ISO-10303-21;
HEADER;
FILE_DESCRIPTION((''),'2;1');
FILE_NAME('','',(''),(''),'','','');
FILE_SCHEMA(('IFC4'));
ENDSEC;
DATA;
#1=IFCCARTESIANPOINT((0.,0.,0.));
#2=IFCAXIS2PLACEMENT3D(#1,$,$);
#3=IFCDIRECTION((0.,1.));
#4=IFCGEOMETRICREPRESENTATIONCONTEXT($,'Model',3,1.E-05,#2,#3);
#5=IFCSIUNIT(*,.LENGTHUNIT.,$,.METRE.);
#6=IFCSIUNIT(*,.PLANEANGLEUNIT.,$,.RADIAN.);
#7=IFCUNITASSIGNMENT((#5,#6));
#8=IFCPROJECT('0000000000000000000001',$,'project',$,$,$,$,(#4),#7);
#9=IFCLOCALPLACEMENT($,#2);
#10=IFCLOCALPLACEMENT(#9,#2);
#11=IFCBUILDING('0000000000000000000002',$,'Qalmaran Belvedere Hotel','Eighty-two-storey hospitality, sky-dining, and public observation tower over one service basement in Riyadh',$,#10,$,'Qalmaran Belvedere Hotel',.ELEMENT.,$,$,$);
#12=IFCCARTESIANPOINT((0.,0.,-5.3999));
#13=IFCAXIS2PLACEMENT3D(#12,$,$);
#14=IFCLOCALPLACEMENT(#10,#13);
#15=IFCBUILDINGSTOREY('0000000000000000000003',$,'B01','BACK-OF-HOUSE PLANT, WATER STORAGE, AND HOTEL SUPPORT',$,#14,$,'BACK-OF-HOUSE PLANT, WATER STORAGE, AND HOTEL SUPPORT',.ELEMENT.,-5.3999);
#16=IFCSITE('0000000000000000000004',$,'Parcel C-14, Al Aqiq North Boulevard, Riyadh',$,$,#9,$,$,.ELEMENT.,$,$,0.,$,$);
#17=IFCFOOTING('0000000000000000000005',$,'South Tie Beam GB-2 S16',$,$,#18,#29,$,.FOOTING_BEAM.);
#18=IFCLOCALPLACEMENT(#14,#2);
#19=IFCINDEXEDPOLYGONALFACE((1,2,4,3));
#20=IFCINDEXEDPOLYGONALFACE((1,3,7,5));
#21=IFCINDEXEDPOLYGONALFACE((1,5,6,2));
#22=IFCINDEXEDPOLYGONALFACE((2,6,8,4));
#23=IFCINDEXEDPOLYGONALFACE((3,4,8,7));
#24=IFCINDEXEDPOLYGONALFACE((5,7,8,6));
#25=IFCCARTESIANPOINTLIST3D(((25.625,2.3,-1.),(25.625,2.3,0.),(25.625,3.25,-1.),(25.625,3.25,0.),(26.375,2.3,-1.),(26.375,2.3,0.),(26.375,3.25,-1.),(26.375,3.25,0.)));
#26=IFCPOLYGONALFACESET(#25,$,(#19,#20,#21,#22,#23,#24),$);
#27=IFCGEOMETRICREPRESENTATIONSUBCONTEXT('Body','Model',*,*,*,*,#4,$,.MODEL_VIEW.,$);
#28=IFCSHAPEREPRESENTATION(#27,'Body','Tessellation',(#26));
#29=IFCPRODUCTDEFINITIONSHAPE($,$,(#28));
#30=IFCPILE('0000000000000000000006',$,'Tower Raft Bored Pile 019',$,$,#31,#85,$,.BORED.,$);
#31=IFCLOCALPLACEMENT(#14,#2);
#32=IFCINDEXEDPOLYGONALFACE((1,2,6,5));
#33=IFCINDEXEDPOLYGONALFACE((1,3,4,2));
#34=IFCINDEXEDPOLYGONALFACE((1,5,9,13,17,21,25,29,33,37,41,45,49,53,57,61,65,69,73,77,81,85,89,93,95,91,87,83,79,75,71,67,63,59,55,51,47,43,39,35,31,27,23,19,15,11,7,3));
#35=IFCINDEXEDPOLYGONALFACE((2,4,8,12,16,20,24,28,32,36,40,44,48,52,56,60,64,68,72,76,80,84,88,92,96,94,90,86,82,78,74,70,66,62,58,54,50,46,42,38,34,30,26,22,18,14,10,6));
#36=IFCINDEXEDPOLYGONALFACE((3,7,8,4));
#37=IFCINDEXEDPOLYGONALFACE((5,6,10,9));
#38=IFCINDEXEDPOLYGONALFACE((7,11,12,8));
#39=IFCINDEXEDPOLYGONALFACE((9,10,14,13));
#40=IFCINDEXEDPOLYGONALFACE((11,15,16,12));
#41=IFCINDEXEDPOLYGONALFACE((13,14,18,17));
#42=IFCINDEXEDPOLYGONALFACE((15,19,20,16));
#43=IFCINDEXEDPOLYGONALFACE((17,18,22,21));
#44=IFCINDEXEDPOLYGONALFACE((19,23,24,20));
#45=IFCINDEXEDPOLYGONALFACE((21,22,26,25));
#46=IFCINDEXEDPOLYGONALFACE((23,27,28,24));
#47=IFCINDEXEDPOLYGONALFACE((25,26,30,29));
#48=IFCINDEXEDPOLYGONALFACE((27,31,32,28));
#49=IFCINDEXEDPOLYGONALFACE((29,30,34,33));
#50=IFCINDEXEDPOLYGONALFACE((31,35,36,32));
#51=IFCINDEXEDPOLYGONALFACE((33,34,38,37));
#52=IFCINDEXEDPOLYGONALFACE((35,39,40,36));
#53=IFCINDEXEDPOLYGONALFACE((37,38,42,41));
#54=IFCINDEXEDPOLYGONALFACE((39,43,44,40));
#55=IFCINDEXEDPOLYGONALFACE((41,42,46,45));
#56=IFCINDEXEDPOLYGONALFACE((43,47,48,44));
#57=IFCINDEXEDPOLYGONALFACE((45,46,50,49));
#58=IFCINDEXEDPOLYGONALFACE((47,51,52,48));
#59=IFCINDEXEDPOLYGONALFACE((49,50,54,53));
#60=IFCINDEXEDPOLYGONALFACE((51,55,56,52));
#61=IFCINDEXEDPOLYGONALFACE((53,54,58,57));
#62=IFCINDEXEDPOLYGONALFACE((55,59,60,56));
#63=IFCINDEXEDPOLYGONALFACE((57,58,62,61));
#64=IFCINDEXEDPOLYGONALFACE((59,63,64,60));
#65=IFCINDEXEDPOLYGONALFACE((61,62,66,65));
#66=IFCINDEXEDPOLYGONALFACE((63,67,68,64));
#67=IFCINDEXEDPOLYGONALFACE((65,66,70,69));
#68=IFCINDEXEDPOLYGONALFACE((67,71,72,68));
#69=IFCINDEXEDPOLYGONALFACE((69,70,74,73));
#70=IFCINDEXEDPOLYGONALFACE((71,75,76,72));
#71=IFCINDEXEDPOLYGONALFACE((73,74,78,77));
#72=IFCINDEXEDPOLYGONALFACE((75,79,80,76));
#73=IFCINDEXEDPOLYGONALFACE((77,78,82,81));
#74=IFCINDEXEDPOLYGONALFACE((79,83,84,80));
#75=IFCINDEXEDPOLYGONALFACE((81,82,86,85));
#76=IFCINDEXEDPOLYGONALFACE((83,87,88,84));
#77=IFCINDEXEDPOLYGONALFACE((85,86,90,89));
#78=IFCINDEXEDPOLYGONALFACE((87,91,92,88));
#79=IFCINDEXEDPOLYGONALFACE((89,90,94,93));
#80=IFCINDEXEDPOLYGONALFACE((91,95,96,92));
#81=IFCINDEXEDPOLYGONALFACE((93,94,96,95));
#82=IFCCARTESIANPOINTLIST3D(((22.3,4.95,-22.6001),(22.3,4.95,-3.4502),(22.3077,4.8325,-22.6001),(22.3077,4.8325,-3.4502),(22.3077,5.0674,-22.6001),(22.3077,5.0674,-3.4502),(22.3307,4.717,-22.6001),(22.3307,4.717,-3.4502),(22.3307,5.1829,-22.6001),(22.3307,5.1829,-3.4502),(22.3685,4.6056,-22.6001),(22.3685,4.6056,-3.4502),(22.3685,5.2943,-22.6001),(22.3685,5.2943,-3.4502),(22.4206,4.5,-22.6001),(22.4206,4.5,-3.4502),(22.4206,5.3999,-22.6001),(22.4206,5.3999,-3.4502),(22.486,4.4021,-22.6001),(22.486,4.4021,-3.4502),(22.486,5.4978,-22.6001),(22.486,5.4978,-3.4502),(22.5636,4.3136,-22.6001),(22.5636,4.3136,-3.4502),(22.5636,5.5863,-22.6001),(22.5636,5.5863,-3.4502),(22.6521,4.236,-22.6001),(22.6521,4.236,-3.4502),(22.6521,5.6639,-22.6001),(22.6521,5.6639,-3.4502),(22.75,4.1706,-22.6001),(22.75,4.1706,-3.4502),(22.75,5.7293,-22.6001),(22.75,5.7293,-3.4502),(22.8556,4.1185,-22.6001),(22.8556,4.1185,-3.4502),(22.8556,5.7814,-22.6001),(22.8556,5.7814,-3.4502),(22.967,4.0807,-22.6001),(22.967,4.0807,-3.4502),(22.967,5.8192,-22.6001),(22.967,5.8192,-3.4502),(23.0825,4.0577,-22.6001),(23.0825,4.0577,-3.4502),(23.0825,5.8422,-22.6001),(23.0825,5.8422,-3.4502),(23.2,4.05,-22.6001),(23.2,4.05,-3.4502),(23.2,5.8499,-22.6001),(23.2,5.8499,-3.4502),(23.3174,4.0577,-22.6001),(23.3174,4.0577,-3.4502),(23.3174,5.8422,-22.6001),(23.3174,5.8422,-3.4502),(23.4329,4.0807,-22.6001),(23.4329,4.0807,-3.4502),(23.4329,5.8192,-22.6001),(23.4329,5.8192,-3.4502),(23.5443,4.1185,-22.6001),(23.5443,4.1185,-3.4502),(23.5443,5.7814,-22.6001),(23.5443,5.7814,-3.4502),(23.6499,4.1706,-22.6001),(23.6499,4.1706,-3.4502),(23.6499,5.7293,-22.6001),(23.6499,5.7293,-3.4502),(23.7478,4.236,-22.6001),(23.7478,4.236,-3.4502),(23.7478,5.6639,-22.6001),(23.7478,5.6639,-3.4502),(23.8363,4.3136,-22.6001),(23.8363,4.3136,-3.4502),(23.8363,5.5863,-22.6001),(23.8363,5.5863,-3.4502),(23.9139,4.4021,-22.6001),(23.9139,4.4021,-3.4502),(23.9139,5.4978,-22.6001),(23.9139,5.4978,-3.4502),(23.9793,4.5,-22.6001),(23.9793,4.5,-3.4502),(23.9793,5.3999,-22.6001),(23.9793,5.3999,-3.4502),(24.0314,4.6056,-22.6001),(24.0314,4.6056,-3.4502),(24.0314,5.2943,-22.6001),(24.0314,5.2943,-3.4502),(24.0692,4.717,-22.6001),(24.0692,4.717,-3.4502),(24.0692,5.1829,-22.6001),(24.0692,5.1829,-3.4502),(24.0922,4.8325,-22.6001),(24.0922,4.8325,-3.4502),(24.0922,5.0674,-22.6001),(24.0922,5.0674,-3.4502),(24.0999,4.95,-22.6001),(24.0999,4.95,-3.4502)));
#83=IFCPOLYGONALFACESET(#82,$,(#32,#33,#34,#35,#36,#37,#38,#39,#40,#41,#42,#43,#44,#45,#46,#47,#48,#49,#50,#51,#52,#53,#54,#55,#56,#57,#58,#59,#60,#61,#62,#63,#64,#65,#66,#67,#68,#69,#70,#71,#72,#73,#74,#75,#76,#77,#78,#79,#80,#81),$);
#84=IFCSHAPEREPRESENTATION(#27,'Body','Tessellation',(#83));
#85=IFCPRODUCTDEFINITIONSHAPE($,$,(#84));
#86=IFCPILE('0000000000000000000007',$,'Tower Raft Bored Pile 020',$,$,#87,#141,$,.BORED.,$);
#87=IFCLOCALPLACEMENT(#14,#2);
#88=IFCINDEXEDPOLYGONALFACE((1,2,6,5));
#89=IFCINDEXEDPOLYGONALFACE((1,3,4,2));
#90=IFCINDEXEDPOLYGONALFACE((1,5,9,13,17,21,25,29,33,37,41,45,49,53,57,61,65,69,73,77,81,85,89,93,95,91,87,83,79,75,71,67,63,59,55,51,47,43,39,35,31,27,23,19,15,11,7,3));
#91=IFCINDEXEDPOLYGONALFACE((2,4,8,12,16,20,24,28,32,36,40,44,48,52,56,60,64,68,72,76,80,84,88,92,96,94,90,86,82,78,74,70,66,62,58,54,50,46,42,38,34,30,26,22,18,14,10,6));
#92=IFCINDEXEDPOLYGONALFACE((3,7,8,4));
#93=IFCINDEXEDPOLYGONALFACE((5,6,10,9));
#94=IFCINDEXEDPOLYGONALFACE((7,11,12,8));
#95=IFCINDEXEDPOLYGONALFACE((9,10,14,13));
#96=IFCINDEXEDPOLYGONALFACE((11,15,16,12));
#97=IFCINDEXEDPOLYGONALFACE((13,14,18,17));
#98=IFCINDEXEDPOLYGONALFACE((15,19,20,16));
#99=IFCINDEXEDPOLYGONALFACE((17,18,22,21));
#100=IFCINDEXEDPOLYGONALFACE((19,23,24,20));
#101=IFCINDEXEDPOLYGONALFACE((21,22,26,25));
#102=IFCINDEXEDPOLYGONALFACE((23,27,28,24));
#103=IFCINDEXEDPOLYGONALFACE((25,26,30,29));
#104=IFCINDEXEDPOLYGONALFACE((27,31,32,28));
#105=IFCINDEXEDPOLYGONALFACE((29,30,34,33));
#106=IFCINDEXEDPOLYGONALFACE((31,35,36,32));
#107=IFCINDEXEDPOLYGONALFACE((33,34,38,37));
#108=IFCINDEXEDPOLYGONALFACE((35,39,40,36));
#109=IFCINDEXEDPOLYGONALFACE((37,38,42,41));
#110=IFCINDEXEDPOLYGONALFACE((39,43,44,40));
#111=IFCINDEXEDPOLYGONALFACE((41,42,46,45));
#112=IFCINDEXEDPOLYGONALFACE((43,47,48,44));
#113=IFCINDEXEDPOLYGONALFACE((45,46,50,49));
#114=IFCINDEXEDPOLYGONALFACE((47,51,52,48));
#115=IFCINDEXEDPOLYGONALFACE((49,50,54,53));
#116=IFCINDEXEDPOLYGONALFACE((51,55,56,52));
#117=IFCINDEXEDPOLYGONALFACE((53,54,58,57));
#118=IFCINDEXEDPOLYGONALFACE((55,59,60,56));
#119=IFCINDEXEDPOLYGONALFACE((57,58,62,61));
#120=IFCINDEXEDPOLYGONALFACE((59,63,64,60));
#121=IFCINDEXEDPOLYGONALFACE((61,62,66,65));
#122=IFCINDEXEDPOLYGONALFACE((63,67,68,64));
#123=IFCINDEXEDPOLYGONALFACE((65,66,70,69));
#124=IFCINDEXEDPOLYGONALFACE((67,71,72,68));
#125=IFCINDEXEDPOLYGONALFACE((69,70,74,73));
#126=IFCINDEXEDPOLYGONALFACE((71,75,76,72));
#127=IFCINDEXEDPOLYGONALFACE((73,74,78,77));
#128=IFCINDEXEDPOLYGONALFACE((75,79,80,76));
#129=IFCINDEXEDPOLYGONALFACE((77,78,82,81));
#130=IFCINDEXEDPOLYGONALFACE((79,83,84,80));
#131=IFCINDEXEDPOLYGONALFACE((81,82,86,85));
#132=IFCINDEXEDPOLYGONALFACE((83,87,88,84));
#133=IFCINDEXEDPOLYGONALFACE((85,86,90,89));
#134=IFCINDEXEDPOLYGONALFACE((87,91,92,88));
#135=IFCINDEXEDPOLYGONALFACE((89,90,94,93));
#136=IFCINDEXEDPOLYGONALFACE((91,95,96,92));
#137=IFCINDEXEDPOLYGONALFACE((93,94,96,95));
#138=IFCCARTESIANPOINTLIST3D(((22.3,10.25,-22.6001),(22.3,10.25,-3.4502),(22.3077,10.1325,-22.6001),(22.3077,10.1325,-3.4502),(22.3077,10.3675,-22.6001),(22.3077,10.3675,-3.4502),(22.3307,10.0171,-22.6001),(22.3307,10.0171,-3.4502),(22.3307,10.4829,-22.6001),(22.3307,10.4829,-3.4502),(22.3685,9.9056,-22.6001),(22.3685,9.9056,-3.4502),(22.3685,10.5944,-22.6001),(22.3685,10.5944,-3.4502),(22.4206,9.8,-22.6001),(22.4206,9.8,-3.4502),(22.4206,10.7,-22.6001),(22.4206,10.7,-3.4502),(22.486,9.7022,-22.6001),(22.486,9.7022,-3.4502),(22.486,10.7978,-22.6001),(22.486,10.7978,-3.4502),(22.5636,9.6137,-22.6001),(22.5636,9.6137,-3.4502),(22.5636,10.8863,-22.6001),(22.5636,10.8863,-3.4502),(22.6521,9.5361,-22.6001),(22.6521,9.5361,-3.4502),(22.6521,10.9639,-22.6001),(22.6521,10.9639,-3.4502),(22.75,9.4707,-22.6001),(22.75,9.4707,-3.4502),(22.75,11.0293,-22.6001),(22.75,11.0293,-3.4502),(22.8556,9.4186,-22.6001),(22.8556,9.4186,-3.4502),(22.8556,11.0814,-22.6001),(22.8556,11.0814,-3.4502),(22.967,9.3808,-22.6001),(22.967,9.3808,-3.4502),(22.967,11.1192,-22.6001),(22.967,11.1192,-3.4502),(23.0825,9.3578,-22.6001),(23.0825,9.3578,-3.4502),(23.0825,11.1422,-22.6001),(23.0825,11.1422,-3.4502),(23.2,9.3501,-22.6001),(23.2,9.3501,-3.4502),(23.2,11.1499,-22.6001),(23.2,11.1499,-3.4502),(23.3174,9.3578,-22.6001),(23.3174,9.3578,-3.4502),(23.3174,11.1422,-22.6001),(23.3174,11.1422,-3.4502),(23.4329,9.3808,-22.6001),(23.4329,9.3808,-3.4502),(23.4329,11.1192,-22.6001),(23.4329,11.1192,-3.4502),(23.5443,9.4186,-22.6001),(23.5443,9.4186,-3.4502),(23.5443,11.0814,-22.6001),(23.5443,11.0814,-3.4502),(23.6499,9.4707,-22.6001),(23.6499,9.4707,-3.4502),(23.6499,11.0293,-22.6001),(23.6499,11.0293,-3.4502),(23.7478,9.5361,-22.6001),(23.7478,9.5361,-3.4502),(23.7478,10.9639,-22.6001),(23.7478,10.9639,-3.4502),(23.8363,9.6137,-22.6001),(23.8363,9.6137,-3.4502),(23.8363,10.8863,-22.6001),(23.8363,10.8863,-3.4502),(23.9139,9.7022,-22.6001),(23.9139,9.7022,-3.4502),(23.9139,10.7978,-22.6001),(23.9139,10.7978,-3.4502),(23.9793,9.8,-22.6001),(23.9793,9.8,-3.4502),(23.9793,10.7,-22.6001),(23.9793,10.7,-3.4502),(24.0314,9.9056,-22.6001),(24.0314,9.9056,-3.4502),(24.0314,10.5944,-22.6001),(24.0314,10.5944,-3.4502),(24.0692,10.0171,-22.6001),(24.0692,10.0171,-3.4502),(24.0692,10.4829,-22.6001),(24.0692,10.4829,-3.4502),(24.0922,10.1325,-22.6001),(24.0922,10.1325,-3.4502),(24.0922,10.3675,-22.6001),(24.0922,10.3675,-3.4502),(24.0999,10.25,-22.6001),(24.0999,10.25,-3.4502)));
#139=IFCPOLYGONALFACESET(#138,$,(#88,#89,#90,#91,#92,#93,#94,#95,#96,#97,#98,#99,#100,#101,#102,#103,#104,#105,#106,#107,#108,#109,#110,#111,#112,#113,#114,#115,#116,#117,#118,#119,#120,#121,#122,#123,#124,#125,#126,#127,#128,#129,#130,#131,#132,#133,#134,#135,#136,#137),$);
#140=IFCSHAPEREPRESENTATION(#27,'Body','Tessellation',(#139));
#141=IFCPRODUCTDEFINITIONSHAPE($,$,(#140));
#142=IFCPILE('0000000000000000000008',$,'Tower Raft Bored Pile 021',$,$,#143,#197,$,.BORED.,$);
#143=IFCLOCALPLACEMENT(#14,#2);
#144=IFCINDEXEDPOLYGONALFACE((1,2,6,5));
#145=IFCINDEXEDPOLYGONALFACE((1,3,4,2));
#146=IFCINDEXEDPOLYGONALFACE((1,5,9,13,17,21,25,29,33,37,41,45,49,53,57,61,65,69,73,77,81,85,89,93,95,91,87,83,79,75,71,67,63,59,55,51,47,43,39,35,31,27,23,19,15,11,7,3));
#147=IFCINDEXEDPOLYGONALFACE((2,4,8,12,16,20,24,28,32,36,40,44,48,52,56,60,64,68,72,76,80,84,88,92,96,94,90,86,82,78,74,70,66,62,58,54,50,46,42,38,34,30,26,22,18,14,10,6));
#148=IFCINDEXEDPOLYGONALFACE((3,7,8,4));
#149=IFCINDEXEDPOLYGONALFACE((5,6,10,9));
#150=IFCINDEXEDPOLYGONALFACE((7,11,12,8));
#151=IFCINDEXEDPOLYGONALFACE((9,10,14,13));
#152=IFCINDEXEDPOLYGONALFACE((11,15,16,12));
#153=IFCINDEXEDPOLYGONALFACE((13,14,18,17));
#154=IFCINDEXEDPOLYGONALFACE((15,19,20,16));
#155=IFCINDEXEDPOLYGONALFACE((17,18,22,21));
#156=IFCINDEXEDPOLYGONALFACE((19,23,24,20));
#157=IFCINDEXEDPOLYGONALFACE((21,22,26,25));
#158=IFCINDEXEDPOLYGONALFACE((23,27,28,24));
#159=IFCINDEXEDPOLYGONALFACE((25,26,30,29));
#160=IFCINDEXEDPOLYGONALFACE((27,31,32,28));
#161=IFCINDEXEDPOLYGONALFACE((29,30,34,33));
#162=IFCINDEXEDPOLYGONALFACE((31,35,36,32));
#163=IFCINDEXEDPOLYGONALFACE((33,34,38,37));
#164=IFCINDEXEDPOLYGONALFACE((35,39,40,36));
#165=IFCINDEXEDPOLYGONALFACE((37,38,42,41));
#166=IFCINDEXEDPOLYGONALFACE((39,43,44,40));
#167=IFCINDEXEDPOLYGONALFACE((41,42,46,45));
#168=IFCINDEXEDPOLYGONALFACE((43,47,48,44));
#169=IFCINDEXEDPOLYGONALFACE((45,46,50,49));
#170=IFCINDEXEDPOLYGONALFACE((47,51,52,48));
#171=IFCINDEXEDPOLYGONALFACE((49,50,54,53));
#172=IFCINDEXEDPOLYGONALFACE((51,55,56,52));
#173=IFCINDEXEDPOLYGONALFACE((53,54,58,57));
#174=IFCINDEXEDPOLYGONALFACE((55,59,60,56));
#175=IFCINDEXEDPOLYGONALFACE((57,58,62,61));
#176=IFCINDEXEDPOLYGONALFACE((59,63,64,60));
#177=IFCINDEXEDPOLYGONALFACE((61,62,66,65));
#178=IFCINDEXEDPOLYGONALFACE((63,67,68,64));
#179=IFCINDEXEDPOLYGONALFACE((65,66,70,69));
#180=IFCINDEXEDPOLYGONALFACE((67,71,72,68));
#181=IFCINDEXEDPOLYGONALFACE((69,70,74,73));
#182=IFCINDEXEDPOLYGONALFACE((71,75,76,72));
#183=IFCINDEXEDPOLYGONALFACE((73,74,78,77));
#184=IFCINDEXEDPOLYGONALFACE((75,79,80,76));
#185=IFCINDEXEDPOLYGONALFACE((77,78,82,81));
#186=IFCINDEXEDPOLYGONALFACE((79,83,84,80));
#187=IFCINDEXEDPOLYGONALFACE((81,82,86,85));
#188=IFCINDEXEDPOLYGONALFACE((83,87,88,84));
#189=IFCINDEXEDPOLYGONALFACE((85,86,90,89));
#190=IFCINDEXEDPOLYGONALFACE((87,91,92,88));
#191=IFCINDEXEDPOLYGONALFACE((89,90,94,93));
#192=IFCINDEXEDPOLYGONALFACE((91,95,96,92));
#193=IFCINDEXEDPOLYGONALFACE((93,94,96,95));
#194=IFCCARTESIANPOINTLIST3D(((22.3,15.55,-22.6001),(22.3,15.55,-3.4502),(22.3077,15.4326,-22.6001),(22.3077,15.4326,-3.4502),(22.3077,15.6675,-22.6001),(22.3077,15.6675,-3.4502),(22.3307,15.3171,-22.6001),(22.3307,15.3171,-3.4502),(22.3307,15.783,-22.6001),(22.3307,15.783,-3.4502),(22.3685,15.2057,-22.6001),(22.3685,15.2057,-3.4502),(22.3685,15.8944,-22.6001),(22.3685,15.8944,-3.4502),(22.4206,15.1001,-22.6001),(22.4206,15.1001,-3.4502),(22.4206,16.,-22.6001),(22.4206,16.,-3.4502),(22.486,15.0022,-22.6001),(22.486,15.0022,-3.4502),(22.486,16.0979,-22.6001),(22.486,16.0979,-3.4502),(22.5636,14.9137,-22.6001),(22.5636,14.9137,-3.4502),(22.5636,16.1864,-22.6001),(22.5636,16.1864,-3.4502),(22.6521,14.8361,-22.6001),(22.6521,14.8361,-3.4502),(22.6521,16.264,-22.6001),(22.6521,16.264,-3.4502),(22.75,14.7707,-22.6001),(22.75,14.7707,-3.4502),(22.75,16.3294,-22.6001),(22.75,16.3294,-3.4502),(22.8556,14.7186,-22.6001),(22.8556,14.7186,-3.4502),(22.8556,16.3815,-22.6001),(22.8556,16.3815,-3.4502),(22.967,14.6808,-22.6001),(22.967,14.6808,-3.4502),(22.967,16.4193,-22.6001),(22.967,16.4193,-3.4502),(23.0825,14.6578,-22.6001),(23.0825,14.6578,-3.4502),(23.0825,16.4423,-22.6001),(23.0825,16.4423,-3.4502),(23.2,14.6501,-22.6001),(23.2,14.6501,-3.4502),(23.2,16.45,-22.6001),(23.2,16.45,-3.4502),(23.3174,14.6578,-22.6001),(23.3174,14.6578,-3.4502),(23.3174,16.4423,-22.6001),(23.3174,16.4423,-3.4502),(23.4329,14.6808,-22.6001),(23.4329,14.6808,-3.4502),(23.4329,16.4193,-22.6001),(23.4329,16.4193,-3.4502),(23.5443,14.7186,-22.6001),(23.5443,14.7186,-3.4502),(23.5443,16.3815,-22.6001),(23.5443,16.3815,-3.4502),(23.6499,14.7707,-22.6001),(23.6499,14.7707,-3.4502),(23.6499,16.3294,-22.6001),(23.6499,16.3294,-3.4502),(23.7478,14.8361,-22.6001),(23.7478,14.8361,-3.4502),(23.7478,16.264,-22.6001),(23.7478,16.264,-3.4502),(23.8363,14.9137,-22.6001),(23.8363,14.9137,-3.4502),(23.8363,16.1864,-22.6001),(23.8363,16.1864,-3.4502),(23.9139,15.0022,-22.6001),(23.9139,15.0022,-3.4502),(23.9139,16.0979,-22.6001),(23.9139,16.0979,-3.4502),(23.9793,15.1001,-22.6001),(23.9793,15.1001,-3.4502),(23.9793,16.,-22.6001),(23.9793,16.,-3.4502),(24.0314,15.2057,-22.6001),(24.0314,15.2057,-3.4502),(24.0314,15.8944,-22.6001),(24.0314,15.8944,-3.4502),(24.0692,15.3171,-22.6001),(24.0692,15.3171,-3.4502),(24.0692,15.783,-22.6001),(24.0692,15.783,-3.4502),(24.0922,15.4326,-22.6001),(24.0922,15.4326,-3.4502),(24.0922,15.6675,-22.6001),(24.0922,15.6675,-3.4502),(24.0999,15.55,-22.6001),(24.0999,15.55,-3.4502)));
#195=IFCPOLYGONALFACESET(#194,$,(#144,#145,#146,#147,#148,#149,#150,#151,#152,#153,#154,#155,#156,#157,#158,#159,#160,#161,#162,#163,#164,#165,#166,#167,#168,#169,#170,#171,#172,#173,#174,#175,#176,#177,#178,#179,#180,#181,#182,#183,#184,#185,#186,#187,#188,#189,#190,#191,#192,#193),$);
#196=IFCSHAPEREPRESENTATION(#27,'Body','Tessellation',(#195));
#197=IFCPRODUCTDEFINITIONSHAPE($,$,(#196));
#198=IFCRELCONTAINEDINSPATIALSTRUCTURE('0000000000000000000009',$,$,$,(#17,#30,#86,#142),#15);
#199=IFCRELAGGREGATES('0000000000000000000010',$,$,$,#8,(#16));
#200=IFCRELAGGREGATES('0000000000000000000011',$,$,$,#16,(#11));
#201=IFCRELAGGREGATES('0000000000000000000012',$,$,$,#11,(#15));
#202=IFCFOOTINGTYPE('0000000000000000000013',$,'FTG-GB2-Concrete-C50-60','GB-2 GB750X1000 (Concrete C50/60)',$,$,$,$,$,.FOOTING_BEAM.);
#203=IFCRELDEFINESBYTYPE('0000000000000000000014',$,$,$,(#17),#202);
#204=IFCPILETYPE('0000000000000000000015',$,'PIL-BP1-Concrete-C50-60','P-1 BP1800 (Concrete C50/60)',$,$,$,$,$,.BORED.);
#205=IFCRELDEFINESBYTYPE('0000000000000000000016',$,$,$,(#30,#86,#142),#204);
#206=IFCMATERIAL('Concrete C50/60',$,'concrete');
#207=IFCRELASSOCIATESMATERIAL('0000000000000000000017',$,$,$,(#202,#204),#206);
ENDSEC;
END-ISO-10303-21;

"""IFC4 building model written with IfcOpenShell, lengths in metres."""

from ifc_helpers import new_model, si_unit, direction, frame, origin, origin_2d, place, context, subcontext, project, spatial, rectangle, circle, extrude, material, material_profile, profile_set, type_object, element, save


model = new_model("IFC4")

# Units and contexts
model_context = context("Model", 3, precision=1e-05, world=origin(), true_north=direction((0.0, 1.0)))
body_context = subcontext(model_context, "Body", "Model", "MODEL_VIEW")
ifc_project = project(units=[si_unit("LENGTHUNIT", "METRE"), si_unit("PLANEANGLEUNIT", "RADIAN")], contexts=[model_context])

# Site, building, storey
site_placement = place(None, origin())
site = spatial("IfcSite", under=ifc_project, at=site_placement, Name="Parcel C-14, Al Aqiq North Boulevard, Riyadh", CompositionType="ELEMENT", RefElevation=0.0)
building_placement = place(site_placement, origin())
building = spatial("IfcBuilding", under=site, at=building_placement, Name="Qalmaran Belvedere Hotel", Description="Eighty-two-storey hospitality, sky-dining, and public observation tower over one service basement in Riyadh", LongName="Qalmaran Belvedere Hotel", CompositionType="ELEMENT")
storey_placement = place(building_placement, frame((0.0, 0.0, -5.3999)))
storey = spatial("IfcBuildingStorey", under=building, at=storey_placement, Name="B01", Description="BACK-OF-HOUSE PLANT, WATER STORAGE, AND HOTEL SUPPORT", LongName="BACK-OF-HOUSE PLANT, WATER STORAGE, AND HOTEL SUPPORT", CompositionType="ELEMENT", Elevation=-5.3999)

# Footing
ifc_material_1 = material(Name="Concrete C50/60", Category="concrete")
ifc_material_profile_1 = material_profile(ifc_material_1, rectangle(XDim=0.75, YDim=1.0, at=origin_2d()), Name="GB750X1000")
ifc_profile_set_1 = profile_set([ifc_material_profile_1], Name="Concrete C50/60")
footing_type = type_object("IfcFootingType", Name="FTG-GB2-Concrete-C50-60", Description="GB-2 GB750X1000 (Concrete C50/60)", PredefinedType="FOOTING_BEAM", material=ifc_profile_set_1)
footing_placement = place(storey_placement, frame((26.0, 2.3, -0.5), z_axis=(0.0, 1.0, 0.0), x_axis=(-1.0, 0.0, 0.0)))
element("IfcFooting", 1, at=footing_placement, inside=storey, type_object=footing_type, Name="South Tie Beam GB-2 S16", PredefinedType="FOOTING_BEAM", context=body_context, shape_type="SweptSolid", body=[
    extrude(rectangle(XDim=0.75, YDim=1.0, at=origin_2d()), origin(), (0.0, 0.0, 1.0), 0.95),
])

# Piles
ifc_material_profile_2 = material_profile(ifc_material_1, circle(Radius=0.8999, at=origin_2d()), Name="BP1800")
ifc_profile_set_2 = profile_set([ifc_material_profile_2], Name="Concrete C50/60")
pile_type_1 = type_object("IfcPileType", Name="PIL-BP1-Concrete-C50-60", Description="P-1 BP1800 (Concrete C50/60)", PredefinedType="BORED", material=ifc_profile_set_2)
for number, where, z_axis, x_axis, name in (
    (2, (23.2, 4.95, -3.4502), (0.0, 0.0, -1.0), (1.0, 0.0, 0.0), "Tower Raft Bored Pile 019"),
    (3, (23.2, 10.25, -3.4502), (0.0, 0.0, -1.0), (1.0, 0.0, 0.0), "Tower Raft Bored Pile 020"),
    (4, (23.2, 15.55, -3.4502), (0.0, 0.0, -1.0), (1.0, 0.0, 0.0), "Tower Raft Bored Pile 021"),
):
    element("IfcPile", number, at=place(storey_placement, frame(where, z_axis=z_axis, x_axis=x_axis)), inside=storey, type_object=pile_type_1, Name=name, PredefinedType="BORED", context=body_context, shape_type="SweptSolid", body=[
        extrude(circle(Radius=0.8999, at=origin_2d()), origin(), (0.0, 0.0, 1.0), 19.1499),
    ])

save(model, "model.ifc")
